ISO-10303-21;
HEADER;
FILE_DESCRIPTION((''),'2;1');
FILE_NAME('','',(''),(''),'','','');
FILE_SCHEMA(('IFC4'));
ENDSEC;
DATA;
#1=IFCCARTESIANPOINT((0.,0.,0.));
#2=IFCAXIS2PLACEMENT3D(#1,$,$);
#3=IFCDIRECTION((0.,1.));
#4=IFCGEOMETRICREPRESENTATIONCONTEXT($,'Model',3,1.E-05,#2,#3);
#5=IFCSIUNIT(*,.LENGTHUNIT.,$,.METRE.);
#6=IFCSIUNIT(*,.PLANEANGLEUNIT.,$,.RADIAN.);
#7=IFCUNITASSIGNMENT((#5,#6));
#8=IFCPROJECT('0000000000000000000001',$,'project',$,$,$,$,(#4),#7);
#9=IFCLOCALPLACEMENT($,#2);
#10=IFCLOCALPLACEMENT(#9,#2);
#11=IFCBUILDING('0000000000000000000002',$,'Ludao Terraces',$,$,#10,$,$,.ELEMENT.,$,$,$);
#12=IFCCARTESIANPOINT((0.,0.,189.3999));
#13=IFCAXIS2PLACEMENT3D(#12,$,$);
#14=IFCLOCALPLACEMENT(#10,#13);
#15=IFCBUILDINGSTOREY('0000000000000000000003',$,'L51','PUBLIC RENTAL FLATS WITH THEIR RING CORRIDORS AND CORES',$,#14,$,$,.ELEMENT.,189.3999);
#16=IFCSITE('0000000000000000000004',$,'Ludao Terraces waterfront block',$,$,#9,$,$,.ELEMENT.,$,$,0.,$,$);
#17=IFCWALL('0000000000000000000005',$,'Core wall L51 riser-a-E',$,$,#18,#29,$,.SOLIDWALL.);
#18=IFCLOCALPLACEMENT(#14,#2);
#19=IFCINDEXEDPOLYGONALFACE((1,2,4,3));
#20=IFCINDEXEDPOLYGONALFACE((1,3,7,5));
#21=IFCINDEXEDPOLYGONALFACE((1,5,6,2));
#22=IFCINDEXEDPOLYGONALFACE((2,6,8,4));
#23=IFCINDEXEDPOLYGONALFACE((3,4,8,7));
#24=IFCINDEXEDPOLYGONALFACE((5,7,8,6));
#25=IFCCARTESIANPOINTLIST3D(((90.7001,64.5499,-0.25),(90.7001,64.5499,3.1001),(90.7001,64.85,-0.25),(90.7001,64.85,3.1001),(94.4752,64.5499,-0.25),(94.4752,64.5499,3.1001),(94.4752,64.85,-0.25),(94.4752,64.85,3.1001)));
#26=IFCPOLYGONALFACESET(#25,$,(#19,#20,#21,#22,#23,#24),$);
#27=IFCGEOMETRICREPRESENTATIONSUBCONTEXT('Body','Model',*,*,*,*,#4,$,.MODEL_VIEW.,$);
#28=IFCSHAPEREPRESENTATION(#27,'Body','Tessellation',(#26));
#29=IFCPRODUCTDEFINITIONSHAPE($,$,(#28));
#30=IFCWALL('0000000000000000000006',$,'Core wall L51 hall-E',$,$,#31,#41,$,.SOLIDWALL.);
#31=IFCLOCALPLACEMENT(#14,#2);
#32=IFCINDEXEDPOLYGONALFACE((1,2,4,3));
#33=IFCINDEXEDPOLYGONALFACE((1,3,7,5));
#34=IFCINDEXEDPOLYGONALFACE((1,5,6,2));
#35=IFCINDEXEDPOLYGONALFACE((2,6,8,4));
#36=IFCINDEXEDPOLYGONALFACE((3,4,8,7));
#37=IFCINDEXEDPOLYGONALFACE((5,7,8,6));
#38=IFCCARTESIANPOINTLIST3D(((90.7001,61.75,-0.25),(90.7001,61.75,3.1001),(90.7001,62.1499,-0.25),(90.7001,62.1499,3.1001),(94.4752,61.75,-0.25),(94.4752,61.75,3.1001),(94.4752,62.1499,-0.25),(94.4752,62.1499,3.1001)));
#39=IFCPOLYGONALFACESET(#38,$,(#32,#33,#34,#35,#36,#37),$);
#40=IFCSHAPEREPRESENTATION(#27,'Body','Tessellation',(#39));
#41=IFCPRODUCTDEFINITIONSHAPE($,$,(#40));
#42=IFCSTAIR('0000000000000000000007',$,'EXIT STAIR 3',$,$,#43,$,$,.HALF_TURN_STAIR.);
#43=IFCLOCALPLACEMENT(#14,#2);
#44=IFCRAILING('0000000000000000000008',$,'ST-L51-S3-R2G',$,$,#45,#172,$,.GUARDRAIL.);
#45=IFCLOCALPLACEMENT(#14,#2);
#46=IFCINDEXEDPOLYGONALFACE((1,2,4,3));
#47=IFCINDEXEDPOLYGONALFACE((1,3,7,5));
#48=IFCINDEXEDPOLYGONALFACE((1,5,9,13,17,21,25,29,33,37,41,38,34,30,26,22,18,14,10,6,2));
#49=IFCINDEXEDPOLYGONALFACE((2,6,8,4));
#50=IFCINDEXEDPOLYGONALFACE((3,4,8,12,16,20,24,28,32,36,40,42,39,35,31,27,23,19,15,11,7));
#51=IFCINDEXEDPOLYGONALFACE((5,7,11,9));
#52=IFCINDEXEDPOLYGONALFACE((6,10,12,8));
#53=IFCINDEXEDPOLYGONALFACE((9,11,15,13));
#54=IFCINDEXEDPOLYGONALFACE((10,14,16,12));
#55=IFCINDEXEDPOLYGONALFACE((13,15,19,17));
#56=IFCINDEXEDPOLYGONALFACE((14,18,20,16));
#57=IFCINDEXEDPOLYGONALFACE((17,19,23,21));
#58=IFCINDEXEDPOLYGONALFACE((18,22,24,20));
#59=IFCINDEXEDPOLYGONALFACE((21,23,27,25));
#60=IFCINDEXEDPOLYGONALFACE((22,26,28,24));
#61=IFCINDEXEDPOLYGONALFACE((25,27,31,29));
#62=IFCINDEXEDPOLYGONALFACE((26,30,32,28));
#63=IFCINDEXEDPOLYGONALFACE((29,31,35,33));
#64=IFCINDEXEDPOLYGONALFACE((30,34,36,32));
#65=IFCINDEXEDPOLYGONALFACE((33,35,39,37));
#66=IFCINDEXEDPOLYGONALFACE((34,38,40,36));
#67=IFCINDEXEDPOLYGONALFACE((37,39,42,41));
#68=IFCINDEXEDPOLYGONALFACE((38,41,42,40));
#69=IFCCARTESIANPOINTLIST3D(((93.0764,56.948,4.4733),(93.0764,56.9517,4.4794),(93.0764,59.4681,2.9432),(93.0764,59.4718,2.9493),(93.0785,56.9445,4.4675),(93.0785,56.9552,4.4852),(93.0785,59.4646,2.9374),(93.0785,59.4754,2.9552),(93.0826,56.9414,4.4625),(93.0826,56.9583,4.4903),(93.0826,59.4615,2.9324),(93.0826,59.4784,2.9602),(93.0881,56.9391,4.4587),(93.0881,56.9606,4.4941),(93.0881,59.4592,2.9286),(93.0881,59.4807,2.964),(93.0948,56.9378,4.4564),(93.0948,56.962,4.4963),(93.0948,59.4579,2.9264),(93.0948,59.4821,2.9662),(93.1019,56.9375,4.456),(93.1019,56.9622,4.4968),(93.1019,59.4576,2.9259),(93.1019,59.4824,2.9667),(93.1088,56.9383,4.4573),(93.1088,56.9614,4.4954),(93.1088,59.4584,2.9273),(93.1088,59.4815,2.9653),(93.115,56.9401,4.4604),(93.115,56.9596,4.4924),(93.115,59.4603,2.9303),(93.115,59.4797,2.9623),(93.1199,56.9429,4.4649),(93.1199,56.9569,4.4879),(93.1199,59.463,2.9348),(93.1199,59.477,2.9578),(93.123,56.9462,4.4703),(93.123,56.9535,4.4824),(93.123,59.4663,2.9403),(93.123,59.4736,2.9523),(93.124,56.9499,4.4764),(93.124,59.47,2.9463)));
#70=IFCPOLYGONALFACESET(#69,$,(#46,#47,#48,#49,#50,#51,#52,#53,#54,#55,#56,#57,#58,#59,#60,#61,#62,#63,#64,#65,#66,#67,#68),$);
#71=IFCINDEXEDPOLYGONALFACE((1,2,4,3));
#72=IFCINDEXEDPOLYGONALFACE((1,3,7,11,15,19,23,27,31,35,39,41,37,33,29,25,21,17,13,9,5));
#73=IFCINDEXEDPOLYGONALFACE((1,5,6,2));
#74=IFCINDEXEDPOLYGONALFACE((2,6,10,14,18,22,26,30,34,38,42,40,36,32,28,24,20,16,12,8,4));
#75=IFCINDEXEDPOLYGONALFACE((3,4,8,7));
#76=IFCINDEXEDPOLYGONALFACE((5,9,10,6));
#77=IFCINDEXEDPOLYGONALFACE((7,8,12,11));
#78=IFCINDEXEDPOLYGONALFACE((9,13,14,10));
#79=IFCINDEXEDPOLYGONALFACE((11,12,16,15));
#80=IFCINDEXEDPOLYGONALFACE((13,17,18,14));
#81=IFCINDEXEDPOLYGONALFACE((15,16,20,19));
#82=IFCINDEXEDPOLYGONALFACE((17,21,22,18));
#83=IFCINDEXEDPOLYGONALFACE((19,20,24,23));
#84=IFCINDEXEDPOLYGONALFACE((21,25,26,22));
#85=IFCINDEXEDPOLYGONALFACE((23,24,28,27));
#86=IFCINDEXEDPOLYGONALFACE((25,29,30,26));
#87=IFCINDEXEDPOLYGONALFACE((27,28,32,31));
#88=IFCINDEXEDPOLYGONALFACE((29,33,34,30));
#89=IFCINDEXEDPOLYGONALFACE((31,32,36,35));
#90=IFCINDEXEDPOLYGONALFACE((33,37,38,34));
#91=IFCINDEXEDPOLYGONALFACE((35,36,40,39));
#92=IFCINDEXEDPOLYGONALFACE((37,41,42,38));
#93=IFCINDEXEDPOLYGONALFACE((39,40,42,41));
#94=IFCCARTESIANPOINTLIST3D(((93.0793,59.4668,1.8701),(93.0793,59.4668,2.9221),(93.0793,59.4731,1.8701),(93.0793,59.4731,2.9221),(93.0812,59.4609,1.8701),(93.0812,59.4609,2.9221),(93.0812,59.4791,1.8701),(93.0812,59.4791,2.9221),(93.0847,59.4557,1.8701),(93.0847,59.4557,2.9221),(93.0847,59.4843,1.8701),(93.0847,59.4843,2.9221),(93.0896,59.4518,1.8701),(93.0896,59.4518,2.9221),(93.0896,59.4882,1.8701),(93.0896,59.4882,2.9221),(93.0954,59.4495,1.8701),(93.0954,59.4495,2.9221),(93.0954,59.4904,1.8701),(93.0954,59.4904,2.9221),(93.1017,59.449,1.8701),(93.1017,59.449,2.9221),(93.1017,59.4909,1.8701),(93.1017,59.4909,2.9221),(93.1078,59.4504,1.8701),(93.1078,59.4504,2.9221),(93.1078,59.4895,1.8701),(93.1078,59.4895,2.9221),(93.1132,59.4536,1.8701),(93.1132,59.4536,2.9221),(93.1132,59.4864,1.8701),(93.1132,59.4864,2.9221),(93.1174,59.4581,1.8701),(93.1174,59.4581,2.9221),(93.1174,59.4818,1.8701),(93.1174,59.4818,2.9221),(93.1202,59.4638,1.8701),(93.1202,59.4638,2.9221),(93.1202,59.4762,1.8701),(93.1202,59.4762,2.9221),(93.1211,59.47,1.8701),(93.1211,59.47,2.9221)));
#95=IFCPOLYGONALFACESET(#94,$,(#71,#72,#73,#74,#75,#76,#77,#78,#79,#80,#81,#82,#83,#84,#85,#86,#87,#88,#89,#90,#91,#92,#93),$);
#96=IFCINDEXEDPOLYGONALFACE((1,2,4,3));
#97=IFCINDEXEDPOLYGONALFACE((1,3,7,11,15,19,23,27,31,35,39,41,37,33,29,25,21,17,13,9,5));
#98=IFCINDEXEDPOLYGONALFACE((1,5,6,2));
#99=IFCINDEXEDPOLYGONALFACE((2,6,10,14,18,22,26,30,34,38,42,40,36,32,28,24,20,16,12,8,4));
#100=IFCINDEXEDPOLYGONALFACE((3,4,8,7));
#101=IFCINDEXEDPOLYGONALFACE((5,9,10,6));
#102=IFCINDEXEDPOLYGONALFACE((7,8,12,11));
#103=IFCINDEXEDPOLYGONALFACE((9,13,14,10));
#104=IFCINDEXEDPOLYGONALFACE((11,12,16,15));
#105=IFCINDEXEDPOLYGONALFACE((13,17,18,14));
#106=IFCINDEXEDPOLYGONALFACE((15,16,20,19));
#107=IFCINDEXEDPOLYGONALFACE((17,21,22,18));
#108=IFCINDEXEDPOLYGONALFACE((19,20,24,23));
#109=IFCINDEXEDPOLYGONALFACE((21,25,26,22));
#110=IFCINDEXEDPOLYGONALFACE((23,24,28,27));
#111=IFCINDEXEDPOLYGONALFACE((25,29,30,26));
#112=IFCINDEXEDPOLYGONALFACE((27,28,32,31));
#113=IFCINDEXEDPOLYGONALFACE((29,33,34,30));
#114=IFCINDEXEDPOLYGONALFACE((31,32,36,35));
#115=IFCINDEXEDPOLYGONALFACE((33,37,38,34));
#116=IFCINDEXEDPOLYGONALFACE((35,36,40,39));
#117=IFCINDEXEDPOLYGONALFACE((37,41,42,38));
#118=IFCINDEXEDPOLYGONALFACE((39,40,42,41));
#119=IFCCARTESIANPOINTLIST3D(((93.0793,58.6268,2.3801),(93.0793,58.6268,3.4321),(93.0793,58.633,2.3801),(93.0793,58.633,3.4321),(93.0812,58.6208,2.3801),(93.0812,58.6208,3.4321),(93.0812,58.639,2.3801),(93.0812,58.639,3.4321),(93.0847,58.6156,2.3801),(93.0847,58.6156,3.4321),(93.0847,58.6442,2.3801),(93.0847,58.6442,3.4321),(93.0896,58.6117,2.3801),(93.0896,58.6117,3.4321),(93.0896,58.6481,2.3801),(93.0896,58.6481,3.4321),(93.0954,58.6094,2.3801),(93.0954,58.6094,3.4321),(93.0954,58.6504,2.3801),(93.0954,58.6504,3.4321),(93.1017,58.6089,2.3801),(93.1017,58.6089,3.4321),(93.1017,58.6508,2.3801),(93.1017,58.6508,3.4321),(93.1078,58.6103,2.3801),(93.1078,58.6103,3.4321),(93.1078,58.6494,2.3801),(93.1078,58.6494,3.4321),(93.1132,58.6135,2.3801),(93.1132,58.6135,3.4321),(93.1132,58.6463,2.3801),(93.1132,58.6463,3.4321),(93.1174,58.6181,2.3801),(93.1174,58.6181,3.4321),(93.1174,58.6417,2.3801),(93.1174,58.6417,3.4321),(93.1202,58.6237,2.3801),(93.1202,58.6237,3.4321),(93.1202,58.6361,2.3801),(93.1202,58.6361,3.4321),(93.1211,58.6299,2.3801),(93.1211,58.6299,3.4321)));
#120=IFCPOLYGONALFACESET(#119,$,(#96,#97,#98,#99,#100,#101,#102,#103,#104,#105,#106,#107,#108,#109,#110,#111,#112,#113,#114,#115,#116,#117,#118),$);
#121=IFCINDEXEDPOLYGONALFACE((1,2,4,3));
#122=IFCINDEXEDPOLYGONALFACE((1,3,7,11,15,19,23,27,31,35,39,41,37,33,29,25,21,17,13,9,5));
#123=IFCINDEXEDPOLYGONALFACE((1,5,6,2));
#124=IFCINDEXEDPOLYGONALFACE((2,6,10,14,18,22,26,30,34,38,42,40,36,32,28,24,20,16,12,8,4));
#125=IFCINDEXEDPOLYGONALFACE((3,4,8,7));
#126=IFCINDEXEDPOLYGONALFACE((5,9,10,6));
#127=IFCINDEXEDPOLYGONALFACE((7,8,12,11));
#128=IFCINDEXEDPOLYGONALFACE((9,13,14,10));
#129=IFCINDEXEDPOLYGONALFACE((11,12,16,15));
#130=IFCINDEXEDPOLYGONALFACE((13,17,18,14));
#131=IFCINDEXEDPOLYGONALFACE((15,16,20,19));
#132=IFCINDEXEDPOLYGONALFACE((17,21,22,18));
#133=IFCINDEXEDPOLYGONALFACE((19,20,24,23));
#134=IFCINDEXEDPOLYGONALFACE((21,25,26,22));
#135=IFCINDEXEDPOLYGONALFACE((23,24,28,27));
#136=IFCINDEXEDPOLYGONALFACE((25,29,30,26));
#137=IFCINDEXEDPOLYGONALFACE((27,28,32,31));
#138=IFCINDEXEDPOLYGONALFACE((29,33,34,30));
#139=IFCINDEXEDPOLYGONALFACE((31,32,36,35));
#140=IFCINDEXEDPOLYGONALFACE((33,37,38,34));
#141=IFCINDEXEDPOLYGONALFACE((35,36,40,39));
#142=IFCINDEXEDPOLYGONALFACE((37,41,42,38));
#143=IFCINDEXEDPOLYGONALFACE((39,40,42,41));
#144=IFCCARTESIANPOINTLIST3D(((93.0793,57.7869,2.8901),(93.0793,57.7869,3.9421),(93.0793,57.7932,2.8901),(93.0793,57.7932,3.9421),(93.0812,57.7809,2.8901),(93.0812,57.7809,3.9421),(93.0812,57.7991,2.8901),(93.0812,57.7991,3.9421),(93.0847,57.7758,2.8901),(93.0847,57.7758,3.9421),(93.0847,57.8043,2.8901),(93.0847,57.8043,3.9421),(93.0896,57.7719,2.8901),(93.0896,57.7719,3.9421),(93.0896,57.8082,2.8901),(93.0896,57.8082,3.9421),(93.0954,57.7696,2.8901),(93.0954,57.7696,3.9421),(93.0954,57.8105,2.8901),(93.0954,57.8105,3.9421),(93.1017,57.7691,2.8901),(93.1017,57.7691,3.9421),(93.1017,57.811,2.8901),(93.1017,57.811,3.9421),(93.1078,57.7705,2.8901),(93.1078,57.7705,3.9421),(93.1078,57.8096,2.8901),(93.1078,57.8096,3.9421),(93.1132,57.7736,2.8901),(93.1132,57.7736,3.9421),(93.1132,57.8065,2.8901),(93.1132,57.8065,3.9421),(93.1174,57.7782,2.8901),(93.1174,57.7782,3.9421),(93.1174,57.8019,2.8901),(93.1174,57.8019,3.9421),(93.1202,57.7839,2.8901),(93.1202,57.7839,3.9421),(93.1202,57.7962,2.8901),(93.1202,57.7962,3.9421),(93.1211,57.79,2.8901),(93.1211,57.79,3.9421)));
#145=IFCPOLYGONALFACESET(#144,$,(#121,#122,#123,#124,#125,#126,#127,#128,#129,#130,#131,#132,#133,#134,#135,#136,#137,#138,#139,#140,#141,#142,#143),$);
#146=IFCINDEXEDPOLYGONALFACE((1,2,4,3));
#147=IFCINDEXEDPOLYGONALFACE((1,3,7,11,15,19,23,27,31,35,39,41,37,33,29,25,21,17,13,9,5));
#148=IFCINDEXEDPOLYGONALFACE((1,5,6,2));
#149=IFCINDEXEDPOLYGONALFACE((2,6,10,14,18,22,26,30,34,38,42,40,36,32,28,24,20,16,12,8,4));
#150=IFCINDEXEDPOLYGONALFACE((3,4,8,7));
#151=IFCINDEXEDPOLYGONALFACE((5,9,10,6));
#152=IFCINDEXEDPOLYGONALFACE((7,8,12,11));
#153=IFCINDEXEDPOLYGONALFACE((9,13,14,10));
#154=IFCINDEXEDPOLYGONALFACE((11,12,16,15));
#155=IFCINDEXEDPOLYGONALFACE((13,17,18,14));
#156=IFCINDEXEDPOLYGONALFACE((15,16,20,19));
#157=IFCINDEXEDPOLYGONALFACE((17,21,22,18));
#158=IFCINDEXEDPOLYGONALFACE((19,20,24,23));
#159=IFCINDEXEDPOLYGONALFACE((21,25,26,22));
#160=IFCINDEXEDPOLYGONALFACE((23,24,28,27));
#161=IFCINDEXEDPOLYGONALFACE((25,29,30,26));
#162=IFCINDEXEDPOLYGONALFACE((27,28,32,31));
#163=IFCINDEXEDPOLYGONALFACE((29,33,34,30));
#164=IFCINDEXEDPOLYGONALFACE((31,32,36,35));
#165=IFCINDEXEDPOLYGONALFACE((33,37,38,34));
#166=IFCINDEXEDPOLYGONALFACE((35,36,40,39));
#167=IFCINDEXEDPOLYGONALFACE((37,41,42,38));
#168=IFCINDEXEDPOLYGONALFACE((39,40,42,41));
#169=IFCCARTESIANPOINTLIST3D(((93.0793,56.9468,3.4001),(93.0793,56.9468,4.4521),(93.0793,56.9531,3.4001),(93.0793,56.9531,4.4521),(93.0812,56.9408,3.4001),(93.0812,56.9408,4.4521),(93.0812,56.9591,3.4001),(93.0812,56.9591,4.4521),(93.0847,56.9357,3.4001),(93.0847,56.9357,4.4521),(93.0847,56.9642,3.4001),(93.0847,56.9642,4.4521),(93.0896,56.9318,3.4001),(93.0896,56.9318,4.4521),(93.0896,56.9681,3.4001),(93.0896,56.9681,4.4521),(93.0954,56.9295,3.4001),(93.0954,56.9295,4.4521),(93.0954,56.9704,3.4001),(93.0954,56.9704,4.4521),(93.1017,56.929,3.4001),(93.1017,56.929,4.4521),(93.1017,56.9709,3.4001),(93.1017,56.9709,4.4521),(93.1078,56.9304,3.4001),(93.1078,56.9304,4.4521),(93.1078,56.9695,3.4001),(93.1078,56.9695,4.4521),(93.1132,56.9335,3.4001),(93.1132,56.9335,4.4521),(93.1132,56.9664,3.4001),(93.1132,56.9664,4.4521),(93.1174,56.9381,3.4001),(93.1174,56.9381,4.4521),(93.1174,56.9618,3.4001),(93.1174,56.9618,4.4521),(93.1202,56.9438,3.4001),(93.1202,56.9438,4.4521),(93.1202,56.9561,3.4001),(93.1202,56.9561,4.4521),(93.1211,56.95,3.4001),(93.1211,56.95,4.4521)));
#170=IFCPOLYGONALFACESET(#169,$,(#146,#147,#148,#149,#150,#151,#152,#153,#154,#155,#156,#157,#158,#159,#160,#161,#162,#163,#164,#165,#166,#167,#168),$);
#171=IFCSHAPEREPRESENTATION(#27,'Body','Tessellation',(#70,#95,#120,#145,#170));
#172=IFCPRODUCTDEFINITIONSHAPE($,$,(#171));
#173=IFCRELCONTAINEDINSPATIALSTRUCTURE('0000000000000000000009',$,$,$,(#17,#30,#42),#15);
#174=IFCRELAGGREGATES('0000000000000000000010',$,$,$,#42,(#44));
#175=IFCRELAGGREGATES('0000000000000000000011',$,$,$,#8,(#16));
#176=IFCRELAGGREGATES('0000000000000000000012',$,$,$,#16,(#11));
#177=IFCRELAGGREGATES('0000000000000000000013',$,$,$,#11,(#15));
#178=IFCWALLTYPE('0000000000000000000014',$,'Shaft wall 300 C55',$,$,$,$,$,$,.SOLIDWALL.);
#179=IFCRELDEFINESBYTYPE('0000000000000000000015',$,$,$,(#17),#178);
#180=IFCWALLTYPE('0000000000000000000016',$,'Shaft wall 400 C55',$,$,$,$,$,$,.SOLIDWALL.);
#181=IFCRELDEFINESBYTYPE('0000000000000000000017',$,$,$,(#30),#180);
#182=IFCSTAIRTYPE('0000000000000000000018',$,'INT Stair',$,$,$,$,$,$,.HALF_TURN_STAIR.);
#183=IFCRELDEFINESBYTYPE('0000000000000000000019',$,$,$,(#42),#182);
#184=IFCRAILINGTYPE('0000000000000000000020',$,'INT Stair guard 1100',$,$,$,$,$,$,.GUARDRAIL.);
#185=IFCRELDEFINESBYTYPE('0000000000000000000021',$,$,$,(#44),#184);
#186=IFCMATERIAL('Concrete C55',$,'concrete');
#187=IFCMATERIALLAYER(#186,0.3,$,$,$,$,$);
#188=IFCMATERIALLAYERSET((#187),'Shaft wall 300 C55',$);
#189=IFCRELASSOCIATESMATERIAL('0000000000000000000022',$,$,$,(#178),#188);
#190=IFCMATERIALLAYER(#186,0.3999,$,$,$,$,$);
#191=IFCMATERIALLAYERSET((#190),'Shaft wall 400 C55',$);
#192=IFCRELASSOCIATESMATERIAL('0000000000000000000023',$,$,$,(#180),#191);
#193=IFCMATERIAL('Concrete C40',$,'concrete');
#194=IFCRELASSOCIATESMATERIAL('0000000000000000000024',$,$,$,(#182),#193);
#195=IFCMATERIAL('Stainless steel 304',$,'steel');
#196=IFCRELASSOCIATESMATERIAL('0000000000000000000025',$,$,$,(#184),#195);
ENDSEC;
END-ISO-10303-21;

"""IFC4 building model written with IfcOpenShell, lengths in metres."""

from ifc_helpers import new_model, si_unit, direction, frame, frame_2d, origin, origin_2d, place, context, subcontext, project, spatial, rectangle, circle, extrude, material, layer, layer_set, type_object, element, aggregate, save


model = new_model("IFC4")

# Units and contexts
model_context = context("Model", 3, precision=1e-05, world=origin(), true_north=direction((0.0, 1.0)))
body_context = subcontext(model_context, "Body", "Model", "MODEL_VIEW")
ifc_project = project(units=[si_unit("LENGTHUNIT", "METRE"), si_unit("PLANEANGLEUNIT", "RADIAN")], contexts=[model_context])

# Site, building, storey
site_placement = place(None, origin())
site = spatial("IfcSite", under=ifc_project, at=site_placement, Name="Ludao Terraces waterfront block", CompositionType="ELEMENT", RefElevation=0.0)
building_placement = place(site_placement, origin())
building = spatial("IfcBuilding", under=site, at=building_placement, Name="Ludao Terraces", CompositionType="ELEMENT")
storey_placement = place(building_placement, frame((0.0, 0.0, 189.3999)))
storey = spatial("IfcBuildingStorey", under=building, at=storey_placement, Name="L51", Description="PUBLIC RENTAL FLATS WITH THEIR RING CORRIDORS AND CORES", CompositionType="ELEMENT", Elevation=189.3999)

# Shared definitions
ifc_material_1 = material(Name="Concrete C40", Category="concrete")

# Shared definitions
ifc_material_2 = material(Name="Concrete C55", Category="concrete")
ifc_layer_1 = layer(ifc_material_2, 0.3)
ifc_layer_set_1 = layer_set([ifc_layer_1], Name="Shaft wall 300 C55")
wall_type_1 = type_object("IfcWallType", Name="Shaft wall 300 C55", PredefinedType="SOLIDWALL", material=ifc_layer_set_1)

# Walls
wall_1_placement = place(storey_placement, frame((90.7, 64.7, -0.25), z_axis=(0.0, 0.0, 1.0), x_axis=(1.0, 0.0, 0.0)))
element("IfcWall", 1, at=wall_1_placement, inside=storey, type_object=wall_type_1, Name="Core wall L51 riser-a-E", PredefinedType="SOLIDWALL", context=body_context, shape_type="SweptSolid", body=[
    extrude(rectangle(XDim=3.7751, YDim=0.3, at=frame_2d((1.8877, 0.0))), origin(), (0.0, 0.0, 1.0), 3.3501),
])
ifc_layer_2 = layer(ifc_material_2, 0.3999)
ifc_layer_set_2 = layer_set([ifc_layer_2], Name="Shaft wall 400 C55")
wall_type_2 = type_object("IfcWallType", Name="Shaft wall 400 C55", PredefinedType="SOLIDWALL", material=ifc_layer_set_2)
wall_2_placement = place(storey_placement, frame((90.7, 61.95, -0.25), z_axis=(0.0, 0.0, 1.0), x_axis=(1.0, 0.0, 0.0)))
element("IfcWall", 2, at=wall_2_placement, inside=storey, type_object=wall_type_2, Name="Core wall L51 hall-E", PredefinedType="SOLIDWALL", context=body_context, shape_type="SweptSolid", body=[
    extrude(rectangle(XDim=3.7751, YDim=0.3999, at=frame_2d((1.8877, 0.0))), origin(), (0.0, 0.0, 1.0), 3.3501),
])

# Stair, railing
stair_type = type_object("IfcStairType", Name="INT Stair", PredefinedType="HALF_TURN_STAIR", material=ifc_material_1)
stair_placement = place(storey_placement, origin())
stair = element("IfcStair", 3, at=stair_placement, inside=storey, type_object=stair_type, Name="EXIT STAIR 3", PredefinedType="HALF_TURN_STAIR")
ifc_material_3 = material(Name="Stainless steel 304", Category="steel")
railing_type_1 = type_object("IfcRailingType", Name="INT Stair guard 1100", PredefinedType="GUARDRAIL", material=ifc_material_3)
railing_1_placement = place(storey_placement, frame((93.1001, 59.47, 1.8701)))
railing_1 = element("IfcRailing", 4, at=railing_1_placement, type_object=railing_type_1, Name="ST-L51-S3-R2G", PredefinedType="GUARDRAIL", context=body_context, shape_type="SweptSolid", body=[
    extrude(circle(Radius=0.0239, at=origin_2d()), frame((0.0, 0.0, 1.0762), z_axis=(0.0, -0.854785, 0.518982), x_axis=(1.0, 0.0, 0.0)), (0.0, 0.0, 1.0), 2.9482),
    extrude(circle(Radius=0.021, at=origin_2d()), origin(), (0.0, 0.0, 1.0), 1.052),
    extrude(circle(Radius=0.021, at=origin_2d()), frame((0.0, -0.8401, 0.51)), (0.0, 0.0, 1.0), 1.052),
    extrude(circle(Radius=0.021, at=origin_2d()), frame((0.0, -1.6799, 1.02)), (0.0, 0.0, 1.0), 1.052),
    extrude(circle(Radius=0.021, at=origin_2d()), frame((0.0, -2.52, 1.53)), (0.0, 0.0, 1.0), 1.052),
])
aggregate(stair, [railing_1])

save(model, "model.ifc")
